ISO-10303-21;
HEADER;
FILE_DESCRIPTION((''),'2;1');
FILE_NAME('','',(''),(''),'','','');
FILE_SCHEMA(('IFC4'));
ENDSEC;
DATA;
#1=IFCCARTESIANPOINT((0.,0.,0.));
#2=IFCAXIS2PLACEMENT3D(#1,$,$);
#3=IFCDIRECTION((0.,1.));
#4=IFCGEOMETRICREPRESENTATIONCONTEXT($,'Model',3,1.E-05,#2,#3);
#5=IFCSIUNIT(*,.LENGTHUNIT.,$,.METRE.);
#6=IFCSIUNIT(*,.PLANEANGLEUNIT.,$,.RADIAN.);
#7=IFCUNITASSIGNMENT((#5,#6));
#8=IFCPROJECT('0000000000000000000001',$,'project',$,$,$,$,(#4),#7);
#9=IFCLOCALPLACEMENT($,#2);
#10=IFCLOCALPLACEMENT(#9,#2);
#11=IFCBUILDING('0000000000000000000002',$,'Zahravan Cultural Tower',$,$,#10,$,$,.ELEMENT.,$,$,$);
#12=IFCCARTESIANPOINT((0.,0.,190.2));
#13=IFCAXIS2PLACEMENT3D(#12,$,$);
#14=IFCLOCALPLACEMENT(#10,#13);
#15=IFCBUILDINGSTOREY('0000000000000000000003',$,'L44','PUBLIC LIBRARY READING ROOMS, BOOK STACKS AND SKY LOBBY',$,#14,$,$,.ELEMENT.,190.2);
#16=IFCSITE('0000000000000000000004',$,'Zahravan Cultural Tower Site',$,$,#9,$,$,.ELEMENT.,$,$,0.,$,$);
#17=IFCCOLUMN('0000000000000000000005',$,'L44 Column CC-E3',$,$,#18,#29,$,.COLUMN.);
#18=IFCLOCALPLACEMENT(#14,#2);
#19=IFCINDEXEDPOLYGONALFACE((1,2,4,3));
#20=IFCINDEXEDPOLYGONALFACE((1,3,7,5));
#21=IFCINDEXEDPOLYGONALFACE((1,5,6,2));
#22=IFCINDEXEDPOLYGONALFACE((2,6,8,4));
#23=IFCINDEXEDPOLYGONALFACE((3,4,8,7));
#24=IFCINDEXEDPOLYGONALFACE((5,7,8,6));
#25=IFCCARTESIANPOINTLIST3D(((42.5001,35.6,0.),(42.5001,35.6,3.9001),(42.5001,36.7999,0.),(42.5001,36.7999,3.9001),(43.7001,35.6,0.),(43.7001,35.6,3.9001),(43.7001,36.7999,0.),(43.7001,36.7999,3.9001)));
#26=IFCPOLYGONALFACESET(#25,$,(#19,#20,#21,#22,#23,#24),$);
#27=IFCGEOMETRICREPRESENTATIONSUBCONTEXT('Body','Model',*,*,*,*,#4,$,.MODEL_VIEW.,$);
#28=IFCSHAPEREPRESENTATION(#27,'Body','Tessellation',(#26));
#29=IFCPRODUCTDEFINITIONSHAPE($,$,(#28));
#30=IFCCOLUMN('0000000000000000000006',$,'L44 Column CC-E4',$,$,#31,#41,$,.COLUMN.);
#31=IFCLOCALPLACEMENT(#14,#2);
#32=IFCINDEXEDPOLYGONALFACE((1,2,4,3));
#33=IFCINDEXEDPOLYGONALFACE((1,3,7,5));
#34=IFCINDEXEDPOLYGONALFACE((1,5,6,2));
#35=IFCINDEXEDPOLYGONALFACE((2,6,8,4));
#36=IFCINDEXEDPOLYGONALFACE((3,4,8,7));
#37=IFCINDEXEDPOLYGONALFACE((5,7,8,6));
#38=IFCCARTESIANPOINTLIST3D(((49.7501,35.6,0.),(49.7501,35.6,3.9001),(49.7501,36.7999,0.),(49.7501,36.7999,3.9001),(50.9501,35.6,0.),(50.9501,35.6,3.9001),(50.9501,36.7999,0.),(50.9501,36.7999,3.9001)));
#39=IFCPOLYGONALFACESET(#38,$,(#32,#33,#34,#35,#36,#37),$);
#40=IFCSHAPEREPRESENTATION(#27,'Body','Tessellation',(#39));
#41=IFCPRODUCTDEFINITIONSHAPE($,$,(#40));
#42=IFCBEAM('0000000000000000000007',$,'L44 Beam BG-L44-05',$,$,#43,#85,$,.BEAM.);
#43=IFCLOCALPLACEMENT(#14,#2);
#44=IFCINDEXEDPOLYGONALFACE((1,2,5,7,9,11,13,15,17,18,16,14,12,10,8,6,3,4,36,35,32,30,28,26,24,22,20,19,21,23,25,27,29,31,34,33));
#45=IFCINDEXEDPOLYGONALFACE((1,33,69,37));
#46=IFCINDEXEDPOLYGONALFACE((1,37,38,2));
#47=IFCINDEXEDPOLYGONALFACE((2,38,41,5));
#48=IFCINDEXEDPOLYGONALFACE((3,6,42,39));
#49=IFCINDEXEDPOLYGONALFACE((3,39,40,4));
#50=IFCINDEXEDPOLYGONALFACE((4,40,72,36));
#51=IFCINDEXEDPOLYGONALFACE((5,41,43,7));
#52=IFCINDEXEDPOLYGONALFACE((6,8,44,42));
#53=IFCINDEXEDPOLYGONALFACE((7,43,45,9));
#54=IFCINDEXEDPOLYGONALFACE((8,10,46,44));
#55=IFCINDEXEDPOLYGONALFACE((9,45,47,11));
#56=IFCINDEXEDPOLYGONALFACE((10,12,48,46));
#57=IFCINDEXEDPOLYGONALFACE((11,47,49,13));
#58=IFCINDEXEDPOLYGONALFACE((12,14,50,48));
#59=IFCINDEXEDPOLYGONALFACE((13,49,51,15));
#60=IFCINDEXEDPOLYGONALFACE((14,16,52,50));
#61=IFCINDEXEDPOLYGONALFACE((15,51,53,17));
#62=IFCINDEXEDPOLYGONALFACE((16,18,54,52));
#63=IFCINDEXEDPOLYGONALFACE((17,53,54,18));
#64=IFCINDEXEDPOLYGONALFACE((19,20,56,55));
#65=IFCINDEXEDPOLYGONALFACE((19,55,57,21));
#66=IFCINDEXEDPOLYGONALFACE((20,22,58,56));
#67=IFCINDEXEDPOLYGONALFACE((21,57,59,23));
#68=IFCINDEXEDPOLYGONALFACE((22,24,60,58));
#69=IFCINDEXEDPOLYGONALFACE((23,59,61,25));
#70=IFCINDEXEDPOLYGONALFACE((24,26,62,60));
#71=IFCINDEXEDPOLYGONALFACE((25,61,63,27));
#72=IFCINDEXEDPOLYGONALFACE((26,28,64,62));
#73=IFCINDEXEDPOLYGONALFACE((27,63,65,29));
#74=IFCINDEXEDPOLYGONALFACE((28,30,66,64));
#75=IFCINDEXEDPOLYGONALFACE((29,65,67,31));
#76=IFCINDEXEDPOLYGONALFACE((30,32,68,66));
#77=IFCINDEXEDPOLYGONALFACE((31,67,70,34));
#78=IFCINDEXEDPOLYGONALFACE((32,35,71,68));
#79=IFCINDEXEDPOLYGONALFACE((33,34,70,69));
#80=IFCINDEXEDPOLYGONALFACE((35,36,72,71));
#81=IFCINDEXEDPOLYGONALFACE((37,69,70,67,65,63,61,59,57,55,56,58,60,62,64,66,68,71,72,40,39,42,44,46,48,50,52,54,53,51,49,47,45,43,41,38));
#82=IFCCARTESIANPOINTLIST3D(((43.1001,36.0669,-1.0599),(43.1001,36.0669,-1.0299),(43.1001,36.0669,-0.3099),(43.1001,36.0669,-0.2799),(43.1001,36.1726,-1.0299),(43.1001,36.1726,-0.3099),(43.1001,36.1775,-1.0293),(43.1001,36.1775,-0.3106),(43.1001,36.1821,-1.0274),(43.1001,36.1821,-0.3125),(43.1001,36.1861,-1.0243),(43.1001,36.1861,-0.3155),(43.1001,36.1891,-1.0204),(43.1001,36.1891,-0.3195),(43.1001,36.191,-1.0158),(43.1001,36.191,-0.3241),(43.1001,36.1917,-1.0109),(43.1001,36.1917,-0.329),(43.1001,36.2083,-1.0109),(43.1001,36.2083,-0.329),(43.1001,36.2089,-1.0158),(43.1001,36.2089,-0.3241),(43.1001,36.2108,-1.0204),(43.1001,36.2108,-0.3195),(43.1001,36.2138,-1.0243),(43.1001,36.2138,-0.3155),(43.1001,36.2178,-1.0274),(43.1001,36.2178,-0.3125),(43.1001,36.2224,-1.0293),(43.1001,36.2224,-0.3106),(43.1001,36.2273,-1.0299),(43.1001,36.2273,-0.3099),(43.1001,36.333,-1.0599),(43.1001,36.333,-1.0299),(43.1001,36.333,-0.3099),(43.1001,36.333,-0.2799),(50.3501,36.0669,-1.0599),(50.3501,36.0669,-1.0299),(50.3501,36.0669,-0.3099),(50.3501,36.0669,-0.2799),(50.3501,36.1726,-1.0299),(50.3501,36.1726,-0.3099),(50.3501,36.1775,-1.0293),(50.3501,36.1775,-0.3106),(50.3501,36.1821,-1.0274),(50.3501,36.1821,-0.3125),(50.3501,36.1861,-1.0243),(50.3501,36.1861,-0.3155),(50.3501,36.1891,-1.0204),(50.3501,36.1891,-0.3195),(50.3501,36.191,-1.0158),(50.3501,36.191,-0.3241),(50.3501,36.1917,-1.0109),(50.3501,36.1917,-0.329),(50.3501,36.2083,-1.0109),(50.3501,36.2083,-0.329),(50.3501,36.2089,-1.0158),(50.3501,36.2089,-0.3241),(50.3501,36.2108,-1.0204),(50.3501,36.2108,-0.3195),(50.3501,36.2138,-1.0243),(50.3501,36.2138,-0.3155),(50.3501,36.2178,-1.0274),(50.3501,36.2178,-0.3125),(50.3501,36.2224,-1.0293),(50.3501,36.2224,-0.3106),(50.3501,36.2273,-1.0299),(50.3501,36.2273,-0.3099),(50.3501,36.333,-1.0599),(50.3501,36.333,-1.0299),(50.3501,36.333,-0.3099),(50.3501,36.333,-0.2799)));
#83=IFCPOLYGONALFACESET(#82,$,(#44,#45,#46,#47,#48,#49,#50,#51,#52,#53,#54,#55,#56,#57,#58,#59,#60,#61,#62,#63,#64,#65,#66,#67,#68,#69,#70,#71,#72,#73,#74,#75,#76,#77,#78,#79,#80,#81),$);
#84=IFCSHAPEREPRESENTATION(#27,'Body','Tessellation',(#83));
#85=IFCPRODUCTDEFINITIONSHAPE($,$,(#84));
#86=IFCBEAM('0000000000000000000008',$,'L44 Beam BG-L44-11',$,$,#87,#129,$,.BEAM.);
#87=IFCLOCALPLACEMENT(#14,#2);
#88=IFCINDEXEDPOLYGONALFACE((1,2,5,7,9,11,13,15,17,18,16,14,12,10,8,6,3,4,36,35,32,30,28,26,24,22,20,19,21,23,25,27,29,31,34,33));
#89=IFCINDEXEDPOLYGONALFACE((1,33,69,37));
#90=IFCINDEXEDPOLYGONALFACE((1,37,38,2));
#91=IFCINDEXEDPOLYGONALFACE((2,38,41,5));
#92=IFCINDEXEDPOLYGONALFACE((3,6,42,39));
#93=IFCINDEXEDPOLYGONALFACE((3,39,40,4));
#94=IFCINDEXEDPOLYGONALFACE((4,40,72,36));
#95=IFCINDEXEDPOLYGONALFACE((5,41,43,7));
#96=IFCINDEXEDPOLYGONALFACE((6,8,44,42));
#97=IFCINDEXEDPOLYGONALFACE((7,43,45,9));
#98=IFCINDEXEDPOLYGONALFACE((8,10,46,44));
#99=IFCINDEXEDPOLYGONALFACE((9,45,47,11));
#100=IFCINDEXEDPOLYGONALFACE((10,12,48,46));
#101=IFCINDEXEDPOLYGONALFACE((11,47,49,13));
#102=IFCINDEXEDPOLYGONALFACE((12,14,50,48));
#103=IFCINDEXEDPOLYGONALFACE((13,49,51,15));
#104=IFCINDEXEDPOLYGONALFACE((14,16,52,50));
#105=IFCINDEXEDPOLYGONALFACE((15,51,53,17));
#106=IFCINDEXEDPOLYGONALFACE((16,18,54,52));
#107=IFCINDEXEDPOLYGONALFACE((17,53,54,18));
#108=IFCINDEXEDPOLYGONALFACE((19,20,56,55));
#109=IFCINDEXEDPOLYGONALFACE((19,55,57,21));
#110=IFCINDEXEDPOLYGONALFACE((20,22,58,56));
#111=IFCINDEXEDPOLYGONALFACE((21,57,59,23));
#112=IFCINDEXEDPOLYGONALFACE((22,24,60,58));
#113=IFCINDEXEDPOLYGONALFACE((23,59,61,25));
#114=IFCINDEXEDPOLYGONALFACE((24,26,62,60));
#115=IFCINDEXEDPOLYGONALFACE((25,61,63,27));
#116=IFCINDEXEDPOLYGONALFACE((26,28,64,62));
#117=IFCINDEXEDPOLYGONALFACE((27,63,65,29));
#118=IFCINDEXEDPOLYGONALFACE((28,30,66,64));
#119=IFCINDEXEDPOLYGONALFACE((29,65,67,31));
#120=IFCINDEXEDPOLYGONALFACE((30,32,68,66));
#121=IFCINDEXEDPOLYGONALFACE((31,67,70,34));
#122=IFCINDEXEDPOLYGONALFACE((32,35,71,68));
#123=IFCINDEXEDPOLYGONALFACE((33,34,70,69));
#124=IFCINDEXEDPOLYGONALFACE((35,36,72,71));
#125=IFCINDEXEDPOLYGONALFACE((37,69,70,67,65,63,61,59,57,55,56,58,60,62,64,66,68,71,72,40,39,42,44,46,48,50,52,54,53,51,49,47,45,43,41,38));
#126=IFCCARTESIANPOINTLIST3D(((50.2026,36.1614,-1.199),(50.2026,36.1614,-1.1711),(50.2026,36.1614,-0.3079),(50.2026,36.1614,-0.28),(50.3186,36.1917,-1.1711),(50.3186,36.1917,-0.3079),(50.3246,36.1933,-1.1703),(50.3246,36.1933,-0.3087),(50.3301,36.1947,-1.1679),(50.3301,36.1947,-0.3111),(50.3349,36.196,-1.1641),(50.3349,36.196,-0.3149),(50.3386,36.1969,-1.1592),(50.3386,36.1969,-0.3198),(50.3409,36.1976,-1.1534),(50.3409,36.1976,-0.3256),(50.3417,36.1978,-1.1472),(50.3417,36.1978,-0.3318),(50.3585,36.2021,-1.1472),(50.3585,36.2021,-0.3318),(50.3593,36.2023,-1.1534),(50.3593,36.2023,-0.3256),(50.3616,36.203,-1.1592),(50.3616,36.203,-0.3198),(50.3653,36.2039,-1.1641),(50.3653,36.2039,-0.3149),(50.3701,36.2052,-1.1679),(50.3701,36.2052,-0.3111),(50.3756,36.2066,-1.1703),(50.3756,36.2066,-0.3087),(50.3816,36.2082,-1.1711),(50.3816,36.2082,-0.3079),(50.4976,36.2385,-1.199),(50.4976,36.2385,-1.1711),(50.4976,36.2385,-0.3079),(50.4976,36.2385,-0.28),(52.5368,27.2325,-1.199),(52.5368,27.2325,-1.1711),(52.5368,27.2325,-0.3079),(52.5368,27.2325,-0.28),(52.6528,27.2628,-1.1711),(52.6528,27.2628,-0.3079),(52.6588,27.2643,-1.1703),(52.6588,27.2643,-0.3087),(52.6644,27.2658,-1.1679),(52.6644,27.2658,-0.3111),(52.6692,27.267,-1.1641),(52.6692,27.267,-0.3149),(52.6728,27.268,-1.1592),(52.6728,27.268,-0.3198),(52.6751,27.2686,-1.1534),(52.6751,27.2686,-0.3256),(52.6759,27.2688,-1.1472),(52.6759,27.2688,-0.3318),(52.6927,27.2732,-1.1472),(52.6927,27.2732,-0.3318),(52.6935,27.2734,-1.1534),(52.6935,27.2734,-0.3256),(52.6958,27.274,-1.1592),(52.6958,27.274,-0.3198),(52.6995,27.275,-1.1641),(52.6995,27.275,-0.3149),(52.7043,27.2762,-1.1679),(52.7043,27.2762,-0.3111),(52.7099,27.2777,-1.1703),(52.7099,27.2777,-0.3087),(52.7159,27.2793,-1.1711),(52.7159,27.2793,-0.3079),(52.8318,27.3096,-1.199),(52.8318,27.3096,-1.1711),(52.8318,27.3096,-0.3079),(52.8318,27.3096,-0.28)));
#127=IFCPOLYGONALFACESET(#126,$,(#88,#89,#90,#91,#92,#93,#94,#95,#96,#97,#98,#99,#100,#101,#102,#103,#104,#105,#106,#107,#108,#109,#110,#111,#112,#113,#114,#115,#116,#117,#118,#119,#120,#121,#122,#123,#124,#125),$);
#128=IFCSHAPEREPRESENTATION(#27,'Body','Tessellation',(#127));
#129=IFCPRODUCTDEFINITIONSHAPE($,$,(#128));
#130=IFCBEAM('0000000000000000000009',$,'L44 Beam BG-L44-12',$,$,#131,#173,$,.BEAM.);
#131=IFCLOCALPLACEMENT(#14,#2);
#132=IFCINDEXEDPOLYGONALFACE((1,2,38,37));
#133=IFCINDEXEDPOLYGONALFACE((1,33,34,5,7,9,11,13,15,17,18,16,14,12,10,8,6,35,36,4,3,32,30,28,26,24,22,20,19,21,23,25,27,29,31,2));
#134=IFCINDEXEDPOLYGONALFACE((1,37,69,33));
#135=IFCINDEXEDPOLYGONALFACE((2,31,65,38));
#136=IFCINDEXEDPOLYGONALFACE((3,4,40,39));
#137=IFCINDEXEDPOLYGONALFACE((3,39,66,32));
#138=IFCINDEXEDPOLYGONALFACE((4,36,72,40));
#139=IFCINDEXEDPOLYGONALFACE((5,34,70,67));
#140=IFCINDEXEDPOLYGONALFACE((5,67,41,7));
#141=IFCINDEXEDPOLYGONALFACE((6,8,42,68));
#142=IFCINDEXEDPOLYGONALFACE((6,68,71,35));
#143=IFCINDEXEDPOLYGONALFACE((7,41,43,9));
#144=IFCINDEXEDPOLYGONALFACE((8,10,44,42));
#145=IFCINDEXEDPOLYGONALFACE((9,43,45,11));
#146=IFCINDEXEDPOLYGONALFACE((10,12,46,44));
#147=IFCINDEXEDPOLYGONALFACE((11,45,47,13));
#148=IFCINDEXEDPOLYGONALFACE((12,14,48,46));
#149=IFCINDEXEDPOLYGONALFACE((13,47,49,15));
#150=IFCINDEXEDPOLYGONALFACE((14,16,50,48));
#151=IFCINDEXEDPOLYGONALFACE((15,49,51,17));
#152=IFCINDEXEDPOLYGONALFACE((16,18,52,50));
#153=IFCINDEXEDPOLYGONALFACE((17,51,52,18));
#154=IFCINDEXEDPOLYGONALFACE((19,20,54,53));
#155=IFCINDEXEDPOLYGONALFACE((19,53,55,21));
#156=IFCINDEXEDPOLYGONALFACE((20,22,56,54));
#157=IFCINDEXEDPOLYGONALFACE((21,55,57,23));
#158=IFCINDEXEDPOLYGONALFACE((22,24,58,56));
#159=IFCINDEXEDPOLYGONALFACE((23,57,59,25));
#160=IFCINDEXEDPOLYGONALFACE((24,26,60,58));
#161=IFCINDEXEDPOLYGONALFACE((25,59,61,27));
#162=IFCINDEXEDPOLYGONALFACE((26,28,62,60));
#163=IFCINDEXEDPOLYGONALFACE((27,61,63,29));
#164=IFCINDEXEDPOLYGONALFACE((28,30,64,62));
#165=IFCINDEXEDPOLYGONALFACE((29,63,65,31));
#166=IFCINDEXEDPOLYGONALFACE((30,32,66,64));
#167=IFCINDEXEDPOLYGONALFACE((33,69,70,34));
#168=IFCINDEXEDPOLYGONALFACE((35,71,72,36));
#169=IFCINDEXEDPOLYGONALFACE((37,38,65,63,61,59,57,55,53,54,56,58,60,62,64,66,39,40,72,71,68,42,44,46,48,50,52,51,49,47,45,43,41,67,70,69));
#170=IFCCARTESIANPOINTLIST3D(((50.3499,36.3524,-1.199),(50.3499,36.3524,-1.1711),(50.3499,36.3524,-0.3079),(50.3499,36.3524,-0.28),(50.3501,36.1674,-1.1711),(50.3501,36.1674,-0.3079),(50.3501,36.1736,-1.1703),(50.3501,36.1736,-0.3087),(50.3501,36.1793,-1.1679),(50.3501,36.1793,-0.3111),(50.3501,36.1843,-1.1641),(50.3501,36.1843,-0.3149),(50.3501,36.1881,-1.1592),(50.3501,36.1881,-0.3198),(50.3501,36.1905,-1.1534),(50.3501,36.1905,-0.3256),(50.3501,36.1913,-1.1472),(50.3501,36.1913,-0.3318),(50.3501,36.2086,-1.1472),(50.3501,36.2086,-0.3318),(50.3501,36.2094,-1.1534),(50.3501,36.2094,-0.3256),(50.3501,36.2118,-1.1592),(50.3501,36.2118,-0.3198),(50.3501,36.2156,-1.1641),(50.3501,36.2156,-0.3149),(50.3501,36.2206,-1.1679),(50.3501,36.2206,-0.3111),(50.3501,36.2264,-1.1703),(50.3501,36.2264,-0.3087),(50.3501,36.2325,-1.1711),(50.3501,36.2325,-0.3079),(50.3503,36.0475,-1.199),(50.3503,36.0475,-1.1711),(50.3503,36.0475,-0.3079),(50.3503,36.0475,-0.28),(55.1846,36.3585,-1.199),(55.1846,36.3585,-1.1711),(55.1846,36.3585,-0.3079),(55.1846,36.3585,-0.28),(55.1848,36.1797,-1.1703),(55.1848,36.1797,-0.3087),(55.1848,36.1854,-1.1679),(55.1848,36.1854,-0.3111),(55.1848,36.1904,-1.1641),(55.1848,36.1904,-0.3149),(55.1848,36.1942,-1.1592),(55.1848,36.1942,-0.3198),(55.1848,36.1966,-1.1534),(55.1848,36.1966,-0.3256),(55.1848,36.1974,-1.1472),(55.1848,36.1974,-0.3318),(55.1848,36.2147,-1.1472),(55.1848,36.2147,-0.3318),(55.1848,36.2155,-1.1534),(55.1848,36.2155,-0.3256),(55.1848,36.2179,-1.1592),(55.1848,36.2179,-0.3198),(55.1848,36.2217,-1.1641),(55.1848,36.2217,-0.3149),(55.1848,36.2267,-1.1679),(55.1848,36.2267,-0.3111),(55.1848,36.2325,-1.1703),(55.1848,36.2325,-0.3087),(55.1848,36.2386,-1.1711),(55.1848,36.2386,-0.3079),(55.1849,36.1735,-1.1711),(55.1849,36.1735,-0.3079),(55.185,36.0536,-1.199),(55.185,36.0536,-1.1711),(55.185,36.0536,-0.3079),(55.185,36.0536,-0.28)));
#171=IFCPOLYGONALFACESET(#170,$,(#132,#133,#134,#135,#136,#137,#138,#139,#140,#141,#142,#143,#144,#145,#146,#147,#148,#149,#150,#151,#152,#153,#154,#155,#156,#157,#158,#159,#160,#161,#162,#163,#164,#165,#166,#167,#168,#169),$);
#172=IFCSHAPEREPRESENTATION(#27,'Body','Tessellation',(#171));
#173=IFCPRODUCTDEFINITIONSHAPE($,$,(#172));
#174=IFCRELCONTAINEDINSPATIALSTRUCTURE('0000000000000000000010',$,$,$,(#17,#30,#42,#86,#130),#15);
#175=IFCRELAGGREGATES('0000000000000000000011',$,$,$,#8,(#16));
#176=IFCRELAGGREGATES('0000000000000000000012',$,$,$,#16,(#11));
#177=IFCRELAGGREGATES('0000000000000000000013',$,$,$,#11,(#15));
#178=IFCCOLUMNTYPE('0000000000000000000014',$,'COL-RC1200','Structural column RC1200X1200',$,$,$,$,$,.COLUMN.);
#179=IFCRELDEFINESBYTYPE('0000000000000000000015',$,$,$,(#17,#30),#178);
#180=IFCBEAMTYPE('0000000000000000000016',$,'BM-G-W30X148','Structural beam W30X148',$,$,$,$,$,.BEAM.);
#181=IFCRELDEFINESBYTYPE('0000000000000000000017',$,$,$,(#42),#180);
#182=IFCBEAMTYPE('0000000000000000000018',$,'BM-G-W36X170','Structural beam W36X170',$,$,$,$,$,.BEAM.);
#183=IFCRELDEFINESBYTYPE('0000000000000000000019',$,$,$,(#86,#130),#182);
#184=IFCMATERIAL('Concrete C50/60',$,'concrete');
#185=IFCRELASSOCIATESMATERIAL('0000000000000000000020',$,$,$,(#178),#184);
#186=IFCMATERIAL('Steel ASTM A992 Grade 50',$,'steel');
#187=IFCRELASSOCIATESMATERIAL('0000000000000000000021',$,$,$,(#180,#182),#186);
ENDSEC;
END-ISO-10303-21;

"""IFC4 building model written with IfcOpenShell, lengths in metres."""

from ifc_helpers import new_model, si_unit, direction, frame, origin, origin_2d, place, context, subcontext, project, spatial, rectangle, i_section, extrude, source, transform, mapped, material, material_profile, profile_set, type_object, element, save


model = new_model("IFC4")

# Units and contexts
model_context = context("Model", 3, precision=1e-05, world=origin(), true_north=direction((0.0, 1.0)))
body_context = subcontext(model_context, "Body", "Model", "MODEL_VIEW")
ifc_project = project(units=[si_unit("LENGTHUNIT", "METRE"), si_unit("PLANEANGLEUNIT", "RADIAN")], contexts=[model_context])

# Site, building, storey
site_placement = place(None, origin())
site = spatial("IfcSite", under=ifc_project, at=site_placement, Name="Zahravan Cultural Tower Site", CompositionType="ELEMENT", RefElevation=0.0)
building_placement = place(site_placement, origin())
building = spatial("IfcBuilding", under=site, at=building_placement, Name="Zahravan Cultural Tower", CompositionType="ELEMENT")
storey_placement = place(building_placement, frame((0.0, 0.0, 190.2)))
storey = spatial("IfcBuildingStorey", under=building, at=storey_placement, Name="L44", Description="PUBLIC LIBRARY READING ROOMS, BOOK STACKS AND SKY LOBBY", CompositionType="ELEMENT", Elevation=190.2)

# Columns
ifc_material_1 = material(Name="Concrete C50/60", Category="concrete")
ifc_material_profile_1 = material_profile(ifc_material_1, rectangle(XDim=1.2, YDim=1.2, at=origin_2d()), Name="RC1200X1200")
ifc_profile_set_1 = profile_set([ifc_material_profile_1], Name="Concrete C50/60")
column_type = type_object("IfcColumnType", Name="COL-RC1200", Description="Structural column RC1200X1200", PredefinedType="COLUMN", material=ifc_profile_set_1)
shared_shape_1 = source(origin(), body_context, "Body", "SweptSolid", [
    extrude(rectangle(XDim=1.2, YDim=1.2, at=origin_2d()), origin(), (0.0, 0.0, 1.0), 3.9001),
])
for number, where, z_axis, x_axis, name in (
    (1, (43.1001, 36.2, 0.0), (0.0, 0.0, 1.0), (1.0, 0.0, 0.0), "L44 Column CC-E3"),
    (2, (50.3501, 36.2, 0.0), (0.0, 0.0, 1.0), (1.0, 0.0, 0.0), "L44 Column CC-E4"),
):
    element("IfcColumn", number, at=place(storey_placement, frame(where, z_axis=z_axis, x_axis=x_axis)), inside=storey, type_object=column_type, Name=name, PredefinedType="COLUMN", context=body_context, shape_type="MappedRepresentation", body=[
        mapped(shared_shape_1, transform((0.0, 0.0, 0.0), x_axis=(1.0, 0.0, 0.0), y_axis=(0.0, 1.0, 0.0), z_axis=(0.0, 0.0, 1.0), scale=1.0)),
    ])

# Beams
ifc_material_2 = material(Name="Steel ASTM A992 Grade 50", Category="steel")
ifc_material_profile_2 = material_profile(ifc_material_2, i_section(OverallWidth=0.2661, OverallDepth=0.78, WebThickness=0.0166, FlangeThickness=0.03, FilletRadius=0.019, at=origin_2d()), Name="W30X148")
ifc_profile_set_2 = profile_set([ifc_material_profile_2], Name="Steel ASTM A992 Grade 50")
beam_type_1 = type_object("IfcBeamType", Name="BM-G-W30X148", Description="Structural beam W30X148", PredefinedType="BEAM", material=ifc_profile_set_2)
shared_shape_2 = source(origin(), body_context, "Body", "SweptSolid", [
    extrude(i_section(OverallWidth=0.2661, OverallDepth=0.78, WebThickness=0.0166, FlangeThickness=0.03, FilletRadius=0.019, at=origin_2d()), origin(), (0.0, 0.0, 1.0), 7.25),
])
beam_1_placement = place(storey_placement, frame((43.1001, 36.2, -0.6699), z_axis=(1.0, 0.0, 0.0), x_axis=(0.0, 1.0, 0.0)))
element("IfcBeam", 3, at=beam_1_placement, inside=storey, type_object=beam_type_1, Name="L44 Beam BG-L44-05", PredefinedType="BEAM", context=body_context, shape_type="MappedRepresentation", body=[
    mapped(shared_shape_2, transform((0.0, 0.0, 0.0), x_axis=(1.0, 0.0, 0.0), y_axis=(0.0, 1.0, 0.0), z_axis=(0.0, 0.0, 1.0), scale=1.0)),
])
ifc_material_profile_3 = material_profile(ifc_material_2, i_section(OverallWidth=0.3049, OverallDepth=0.9189, WebThickness=0.0173, FlangeThickness=0.0278, FilletRadius=0.0239, at=origin_2d()), Name="W36X170")
ifc_profile_set_3 = profile_set([ifc_material_profile_3], Name="Steel ASTM A992 Grade 50")
beam_type_2 = type_object("IfcBeamType", Name="BM-G-W36X170", Description="Structural beam W36X170", PredefinedType="BEAM", material=ifc_profile_set_3)
shared_shape_3 = source(origin(), body_context, "Body", "SweptSolid", [
    extrude(i_section(OverallWidth=0.3049, OverallDepth=0.9189, WebThickness=0.0173, FlangeThickness=0.0278, FilletRadius=0.0239, at=origin_2d()), origin(), (0.0, 0.0, 1.0), 9.229),
])
beam_2_placement = place(storey_placement, frame((50.3501, 36.2, -0.7395), z_axis=(0.252923, -0.967487, 0.0), x_axis=(0.967487, 0.252923, 0.0)))
element("IfcBeam", 4, at=beam_2_placement, inside=storey, type_object=beam_type_2, Name="L44 Beam BG-L44-11", PredefinedType="BEAM", context=body_context, shape_type="MappedRepresentation", body=[
    mapped(shared_shape_3, transform((0.0, 0.0, 0.0), x_axis=(1.0, 0.0, 0.0), y_axis=(0.0, 1.0, 0.0), z_axis=(0.0, 0.0, 1.0), scale=1.0)),
])
shared_shape_4 = source(origin(), body_context, "Body", "SweptSolid", [
    extrude(i_section(OverallWidth=0.3049, OverallDepth=0.9189, WebThickness=0.0173, FlangeThickness=0.0278, FilletRadius=0.0239, at=origin_2d()), origin(), (0.0, 0.0, 1.0), 4.8347),
])
beam_3_placement = place(storey_placement, frame((50.3501, 36.2, -0.7395), z_axis=(0.999999, 0.001262, 0.0), x_axis=(-0.001262, 0.999999, 0.0)))
element("IfcBeam", 5, at=beam_3_placement, inside=storey, type_object=beam_type_2, Name="L44 Beam BG-L44-12", PredefinedType="BEAM", context=body_context, shape_type="MappedRepresentation", body=[
    mapped(shared_shape_4, transform((0.0, 0.0, 0.0), x_axis=(1.0, 0.0, 0.0), y_axis=(0.0, 1.0, 0.0), z_axis=(0.0, 0.0, 1.0), scale=1.0)),
])

save(model, "model.ifc")
